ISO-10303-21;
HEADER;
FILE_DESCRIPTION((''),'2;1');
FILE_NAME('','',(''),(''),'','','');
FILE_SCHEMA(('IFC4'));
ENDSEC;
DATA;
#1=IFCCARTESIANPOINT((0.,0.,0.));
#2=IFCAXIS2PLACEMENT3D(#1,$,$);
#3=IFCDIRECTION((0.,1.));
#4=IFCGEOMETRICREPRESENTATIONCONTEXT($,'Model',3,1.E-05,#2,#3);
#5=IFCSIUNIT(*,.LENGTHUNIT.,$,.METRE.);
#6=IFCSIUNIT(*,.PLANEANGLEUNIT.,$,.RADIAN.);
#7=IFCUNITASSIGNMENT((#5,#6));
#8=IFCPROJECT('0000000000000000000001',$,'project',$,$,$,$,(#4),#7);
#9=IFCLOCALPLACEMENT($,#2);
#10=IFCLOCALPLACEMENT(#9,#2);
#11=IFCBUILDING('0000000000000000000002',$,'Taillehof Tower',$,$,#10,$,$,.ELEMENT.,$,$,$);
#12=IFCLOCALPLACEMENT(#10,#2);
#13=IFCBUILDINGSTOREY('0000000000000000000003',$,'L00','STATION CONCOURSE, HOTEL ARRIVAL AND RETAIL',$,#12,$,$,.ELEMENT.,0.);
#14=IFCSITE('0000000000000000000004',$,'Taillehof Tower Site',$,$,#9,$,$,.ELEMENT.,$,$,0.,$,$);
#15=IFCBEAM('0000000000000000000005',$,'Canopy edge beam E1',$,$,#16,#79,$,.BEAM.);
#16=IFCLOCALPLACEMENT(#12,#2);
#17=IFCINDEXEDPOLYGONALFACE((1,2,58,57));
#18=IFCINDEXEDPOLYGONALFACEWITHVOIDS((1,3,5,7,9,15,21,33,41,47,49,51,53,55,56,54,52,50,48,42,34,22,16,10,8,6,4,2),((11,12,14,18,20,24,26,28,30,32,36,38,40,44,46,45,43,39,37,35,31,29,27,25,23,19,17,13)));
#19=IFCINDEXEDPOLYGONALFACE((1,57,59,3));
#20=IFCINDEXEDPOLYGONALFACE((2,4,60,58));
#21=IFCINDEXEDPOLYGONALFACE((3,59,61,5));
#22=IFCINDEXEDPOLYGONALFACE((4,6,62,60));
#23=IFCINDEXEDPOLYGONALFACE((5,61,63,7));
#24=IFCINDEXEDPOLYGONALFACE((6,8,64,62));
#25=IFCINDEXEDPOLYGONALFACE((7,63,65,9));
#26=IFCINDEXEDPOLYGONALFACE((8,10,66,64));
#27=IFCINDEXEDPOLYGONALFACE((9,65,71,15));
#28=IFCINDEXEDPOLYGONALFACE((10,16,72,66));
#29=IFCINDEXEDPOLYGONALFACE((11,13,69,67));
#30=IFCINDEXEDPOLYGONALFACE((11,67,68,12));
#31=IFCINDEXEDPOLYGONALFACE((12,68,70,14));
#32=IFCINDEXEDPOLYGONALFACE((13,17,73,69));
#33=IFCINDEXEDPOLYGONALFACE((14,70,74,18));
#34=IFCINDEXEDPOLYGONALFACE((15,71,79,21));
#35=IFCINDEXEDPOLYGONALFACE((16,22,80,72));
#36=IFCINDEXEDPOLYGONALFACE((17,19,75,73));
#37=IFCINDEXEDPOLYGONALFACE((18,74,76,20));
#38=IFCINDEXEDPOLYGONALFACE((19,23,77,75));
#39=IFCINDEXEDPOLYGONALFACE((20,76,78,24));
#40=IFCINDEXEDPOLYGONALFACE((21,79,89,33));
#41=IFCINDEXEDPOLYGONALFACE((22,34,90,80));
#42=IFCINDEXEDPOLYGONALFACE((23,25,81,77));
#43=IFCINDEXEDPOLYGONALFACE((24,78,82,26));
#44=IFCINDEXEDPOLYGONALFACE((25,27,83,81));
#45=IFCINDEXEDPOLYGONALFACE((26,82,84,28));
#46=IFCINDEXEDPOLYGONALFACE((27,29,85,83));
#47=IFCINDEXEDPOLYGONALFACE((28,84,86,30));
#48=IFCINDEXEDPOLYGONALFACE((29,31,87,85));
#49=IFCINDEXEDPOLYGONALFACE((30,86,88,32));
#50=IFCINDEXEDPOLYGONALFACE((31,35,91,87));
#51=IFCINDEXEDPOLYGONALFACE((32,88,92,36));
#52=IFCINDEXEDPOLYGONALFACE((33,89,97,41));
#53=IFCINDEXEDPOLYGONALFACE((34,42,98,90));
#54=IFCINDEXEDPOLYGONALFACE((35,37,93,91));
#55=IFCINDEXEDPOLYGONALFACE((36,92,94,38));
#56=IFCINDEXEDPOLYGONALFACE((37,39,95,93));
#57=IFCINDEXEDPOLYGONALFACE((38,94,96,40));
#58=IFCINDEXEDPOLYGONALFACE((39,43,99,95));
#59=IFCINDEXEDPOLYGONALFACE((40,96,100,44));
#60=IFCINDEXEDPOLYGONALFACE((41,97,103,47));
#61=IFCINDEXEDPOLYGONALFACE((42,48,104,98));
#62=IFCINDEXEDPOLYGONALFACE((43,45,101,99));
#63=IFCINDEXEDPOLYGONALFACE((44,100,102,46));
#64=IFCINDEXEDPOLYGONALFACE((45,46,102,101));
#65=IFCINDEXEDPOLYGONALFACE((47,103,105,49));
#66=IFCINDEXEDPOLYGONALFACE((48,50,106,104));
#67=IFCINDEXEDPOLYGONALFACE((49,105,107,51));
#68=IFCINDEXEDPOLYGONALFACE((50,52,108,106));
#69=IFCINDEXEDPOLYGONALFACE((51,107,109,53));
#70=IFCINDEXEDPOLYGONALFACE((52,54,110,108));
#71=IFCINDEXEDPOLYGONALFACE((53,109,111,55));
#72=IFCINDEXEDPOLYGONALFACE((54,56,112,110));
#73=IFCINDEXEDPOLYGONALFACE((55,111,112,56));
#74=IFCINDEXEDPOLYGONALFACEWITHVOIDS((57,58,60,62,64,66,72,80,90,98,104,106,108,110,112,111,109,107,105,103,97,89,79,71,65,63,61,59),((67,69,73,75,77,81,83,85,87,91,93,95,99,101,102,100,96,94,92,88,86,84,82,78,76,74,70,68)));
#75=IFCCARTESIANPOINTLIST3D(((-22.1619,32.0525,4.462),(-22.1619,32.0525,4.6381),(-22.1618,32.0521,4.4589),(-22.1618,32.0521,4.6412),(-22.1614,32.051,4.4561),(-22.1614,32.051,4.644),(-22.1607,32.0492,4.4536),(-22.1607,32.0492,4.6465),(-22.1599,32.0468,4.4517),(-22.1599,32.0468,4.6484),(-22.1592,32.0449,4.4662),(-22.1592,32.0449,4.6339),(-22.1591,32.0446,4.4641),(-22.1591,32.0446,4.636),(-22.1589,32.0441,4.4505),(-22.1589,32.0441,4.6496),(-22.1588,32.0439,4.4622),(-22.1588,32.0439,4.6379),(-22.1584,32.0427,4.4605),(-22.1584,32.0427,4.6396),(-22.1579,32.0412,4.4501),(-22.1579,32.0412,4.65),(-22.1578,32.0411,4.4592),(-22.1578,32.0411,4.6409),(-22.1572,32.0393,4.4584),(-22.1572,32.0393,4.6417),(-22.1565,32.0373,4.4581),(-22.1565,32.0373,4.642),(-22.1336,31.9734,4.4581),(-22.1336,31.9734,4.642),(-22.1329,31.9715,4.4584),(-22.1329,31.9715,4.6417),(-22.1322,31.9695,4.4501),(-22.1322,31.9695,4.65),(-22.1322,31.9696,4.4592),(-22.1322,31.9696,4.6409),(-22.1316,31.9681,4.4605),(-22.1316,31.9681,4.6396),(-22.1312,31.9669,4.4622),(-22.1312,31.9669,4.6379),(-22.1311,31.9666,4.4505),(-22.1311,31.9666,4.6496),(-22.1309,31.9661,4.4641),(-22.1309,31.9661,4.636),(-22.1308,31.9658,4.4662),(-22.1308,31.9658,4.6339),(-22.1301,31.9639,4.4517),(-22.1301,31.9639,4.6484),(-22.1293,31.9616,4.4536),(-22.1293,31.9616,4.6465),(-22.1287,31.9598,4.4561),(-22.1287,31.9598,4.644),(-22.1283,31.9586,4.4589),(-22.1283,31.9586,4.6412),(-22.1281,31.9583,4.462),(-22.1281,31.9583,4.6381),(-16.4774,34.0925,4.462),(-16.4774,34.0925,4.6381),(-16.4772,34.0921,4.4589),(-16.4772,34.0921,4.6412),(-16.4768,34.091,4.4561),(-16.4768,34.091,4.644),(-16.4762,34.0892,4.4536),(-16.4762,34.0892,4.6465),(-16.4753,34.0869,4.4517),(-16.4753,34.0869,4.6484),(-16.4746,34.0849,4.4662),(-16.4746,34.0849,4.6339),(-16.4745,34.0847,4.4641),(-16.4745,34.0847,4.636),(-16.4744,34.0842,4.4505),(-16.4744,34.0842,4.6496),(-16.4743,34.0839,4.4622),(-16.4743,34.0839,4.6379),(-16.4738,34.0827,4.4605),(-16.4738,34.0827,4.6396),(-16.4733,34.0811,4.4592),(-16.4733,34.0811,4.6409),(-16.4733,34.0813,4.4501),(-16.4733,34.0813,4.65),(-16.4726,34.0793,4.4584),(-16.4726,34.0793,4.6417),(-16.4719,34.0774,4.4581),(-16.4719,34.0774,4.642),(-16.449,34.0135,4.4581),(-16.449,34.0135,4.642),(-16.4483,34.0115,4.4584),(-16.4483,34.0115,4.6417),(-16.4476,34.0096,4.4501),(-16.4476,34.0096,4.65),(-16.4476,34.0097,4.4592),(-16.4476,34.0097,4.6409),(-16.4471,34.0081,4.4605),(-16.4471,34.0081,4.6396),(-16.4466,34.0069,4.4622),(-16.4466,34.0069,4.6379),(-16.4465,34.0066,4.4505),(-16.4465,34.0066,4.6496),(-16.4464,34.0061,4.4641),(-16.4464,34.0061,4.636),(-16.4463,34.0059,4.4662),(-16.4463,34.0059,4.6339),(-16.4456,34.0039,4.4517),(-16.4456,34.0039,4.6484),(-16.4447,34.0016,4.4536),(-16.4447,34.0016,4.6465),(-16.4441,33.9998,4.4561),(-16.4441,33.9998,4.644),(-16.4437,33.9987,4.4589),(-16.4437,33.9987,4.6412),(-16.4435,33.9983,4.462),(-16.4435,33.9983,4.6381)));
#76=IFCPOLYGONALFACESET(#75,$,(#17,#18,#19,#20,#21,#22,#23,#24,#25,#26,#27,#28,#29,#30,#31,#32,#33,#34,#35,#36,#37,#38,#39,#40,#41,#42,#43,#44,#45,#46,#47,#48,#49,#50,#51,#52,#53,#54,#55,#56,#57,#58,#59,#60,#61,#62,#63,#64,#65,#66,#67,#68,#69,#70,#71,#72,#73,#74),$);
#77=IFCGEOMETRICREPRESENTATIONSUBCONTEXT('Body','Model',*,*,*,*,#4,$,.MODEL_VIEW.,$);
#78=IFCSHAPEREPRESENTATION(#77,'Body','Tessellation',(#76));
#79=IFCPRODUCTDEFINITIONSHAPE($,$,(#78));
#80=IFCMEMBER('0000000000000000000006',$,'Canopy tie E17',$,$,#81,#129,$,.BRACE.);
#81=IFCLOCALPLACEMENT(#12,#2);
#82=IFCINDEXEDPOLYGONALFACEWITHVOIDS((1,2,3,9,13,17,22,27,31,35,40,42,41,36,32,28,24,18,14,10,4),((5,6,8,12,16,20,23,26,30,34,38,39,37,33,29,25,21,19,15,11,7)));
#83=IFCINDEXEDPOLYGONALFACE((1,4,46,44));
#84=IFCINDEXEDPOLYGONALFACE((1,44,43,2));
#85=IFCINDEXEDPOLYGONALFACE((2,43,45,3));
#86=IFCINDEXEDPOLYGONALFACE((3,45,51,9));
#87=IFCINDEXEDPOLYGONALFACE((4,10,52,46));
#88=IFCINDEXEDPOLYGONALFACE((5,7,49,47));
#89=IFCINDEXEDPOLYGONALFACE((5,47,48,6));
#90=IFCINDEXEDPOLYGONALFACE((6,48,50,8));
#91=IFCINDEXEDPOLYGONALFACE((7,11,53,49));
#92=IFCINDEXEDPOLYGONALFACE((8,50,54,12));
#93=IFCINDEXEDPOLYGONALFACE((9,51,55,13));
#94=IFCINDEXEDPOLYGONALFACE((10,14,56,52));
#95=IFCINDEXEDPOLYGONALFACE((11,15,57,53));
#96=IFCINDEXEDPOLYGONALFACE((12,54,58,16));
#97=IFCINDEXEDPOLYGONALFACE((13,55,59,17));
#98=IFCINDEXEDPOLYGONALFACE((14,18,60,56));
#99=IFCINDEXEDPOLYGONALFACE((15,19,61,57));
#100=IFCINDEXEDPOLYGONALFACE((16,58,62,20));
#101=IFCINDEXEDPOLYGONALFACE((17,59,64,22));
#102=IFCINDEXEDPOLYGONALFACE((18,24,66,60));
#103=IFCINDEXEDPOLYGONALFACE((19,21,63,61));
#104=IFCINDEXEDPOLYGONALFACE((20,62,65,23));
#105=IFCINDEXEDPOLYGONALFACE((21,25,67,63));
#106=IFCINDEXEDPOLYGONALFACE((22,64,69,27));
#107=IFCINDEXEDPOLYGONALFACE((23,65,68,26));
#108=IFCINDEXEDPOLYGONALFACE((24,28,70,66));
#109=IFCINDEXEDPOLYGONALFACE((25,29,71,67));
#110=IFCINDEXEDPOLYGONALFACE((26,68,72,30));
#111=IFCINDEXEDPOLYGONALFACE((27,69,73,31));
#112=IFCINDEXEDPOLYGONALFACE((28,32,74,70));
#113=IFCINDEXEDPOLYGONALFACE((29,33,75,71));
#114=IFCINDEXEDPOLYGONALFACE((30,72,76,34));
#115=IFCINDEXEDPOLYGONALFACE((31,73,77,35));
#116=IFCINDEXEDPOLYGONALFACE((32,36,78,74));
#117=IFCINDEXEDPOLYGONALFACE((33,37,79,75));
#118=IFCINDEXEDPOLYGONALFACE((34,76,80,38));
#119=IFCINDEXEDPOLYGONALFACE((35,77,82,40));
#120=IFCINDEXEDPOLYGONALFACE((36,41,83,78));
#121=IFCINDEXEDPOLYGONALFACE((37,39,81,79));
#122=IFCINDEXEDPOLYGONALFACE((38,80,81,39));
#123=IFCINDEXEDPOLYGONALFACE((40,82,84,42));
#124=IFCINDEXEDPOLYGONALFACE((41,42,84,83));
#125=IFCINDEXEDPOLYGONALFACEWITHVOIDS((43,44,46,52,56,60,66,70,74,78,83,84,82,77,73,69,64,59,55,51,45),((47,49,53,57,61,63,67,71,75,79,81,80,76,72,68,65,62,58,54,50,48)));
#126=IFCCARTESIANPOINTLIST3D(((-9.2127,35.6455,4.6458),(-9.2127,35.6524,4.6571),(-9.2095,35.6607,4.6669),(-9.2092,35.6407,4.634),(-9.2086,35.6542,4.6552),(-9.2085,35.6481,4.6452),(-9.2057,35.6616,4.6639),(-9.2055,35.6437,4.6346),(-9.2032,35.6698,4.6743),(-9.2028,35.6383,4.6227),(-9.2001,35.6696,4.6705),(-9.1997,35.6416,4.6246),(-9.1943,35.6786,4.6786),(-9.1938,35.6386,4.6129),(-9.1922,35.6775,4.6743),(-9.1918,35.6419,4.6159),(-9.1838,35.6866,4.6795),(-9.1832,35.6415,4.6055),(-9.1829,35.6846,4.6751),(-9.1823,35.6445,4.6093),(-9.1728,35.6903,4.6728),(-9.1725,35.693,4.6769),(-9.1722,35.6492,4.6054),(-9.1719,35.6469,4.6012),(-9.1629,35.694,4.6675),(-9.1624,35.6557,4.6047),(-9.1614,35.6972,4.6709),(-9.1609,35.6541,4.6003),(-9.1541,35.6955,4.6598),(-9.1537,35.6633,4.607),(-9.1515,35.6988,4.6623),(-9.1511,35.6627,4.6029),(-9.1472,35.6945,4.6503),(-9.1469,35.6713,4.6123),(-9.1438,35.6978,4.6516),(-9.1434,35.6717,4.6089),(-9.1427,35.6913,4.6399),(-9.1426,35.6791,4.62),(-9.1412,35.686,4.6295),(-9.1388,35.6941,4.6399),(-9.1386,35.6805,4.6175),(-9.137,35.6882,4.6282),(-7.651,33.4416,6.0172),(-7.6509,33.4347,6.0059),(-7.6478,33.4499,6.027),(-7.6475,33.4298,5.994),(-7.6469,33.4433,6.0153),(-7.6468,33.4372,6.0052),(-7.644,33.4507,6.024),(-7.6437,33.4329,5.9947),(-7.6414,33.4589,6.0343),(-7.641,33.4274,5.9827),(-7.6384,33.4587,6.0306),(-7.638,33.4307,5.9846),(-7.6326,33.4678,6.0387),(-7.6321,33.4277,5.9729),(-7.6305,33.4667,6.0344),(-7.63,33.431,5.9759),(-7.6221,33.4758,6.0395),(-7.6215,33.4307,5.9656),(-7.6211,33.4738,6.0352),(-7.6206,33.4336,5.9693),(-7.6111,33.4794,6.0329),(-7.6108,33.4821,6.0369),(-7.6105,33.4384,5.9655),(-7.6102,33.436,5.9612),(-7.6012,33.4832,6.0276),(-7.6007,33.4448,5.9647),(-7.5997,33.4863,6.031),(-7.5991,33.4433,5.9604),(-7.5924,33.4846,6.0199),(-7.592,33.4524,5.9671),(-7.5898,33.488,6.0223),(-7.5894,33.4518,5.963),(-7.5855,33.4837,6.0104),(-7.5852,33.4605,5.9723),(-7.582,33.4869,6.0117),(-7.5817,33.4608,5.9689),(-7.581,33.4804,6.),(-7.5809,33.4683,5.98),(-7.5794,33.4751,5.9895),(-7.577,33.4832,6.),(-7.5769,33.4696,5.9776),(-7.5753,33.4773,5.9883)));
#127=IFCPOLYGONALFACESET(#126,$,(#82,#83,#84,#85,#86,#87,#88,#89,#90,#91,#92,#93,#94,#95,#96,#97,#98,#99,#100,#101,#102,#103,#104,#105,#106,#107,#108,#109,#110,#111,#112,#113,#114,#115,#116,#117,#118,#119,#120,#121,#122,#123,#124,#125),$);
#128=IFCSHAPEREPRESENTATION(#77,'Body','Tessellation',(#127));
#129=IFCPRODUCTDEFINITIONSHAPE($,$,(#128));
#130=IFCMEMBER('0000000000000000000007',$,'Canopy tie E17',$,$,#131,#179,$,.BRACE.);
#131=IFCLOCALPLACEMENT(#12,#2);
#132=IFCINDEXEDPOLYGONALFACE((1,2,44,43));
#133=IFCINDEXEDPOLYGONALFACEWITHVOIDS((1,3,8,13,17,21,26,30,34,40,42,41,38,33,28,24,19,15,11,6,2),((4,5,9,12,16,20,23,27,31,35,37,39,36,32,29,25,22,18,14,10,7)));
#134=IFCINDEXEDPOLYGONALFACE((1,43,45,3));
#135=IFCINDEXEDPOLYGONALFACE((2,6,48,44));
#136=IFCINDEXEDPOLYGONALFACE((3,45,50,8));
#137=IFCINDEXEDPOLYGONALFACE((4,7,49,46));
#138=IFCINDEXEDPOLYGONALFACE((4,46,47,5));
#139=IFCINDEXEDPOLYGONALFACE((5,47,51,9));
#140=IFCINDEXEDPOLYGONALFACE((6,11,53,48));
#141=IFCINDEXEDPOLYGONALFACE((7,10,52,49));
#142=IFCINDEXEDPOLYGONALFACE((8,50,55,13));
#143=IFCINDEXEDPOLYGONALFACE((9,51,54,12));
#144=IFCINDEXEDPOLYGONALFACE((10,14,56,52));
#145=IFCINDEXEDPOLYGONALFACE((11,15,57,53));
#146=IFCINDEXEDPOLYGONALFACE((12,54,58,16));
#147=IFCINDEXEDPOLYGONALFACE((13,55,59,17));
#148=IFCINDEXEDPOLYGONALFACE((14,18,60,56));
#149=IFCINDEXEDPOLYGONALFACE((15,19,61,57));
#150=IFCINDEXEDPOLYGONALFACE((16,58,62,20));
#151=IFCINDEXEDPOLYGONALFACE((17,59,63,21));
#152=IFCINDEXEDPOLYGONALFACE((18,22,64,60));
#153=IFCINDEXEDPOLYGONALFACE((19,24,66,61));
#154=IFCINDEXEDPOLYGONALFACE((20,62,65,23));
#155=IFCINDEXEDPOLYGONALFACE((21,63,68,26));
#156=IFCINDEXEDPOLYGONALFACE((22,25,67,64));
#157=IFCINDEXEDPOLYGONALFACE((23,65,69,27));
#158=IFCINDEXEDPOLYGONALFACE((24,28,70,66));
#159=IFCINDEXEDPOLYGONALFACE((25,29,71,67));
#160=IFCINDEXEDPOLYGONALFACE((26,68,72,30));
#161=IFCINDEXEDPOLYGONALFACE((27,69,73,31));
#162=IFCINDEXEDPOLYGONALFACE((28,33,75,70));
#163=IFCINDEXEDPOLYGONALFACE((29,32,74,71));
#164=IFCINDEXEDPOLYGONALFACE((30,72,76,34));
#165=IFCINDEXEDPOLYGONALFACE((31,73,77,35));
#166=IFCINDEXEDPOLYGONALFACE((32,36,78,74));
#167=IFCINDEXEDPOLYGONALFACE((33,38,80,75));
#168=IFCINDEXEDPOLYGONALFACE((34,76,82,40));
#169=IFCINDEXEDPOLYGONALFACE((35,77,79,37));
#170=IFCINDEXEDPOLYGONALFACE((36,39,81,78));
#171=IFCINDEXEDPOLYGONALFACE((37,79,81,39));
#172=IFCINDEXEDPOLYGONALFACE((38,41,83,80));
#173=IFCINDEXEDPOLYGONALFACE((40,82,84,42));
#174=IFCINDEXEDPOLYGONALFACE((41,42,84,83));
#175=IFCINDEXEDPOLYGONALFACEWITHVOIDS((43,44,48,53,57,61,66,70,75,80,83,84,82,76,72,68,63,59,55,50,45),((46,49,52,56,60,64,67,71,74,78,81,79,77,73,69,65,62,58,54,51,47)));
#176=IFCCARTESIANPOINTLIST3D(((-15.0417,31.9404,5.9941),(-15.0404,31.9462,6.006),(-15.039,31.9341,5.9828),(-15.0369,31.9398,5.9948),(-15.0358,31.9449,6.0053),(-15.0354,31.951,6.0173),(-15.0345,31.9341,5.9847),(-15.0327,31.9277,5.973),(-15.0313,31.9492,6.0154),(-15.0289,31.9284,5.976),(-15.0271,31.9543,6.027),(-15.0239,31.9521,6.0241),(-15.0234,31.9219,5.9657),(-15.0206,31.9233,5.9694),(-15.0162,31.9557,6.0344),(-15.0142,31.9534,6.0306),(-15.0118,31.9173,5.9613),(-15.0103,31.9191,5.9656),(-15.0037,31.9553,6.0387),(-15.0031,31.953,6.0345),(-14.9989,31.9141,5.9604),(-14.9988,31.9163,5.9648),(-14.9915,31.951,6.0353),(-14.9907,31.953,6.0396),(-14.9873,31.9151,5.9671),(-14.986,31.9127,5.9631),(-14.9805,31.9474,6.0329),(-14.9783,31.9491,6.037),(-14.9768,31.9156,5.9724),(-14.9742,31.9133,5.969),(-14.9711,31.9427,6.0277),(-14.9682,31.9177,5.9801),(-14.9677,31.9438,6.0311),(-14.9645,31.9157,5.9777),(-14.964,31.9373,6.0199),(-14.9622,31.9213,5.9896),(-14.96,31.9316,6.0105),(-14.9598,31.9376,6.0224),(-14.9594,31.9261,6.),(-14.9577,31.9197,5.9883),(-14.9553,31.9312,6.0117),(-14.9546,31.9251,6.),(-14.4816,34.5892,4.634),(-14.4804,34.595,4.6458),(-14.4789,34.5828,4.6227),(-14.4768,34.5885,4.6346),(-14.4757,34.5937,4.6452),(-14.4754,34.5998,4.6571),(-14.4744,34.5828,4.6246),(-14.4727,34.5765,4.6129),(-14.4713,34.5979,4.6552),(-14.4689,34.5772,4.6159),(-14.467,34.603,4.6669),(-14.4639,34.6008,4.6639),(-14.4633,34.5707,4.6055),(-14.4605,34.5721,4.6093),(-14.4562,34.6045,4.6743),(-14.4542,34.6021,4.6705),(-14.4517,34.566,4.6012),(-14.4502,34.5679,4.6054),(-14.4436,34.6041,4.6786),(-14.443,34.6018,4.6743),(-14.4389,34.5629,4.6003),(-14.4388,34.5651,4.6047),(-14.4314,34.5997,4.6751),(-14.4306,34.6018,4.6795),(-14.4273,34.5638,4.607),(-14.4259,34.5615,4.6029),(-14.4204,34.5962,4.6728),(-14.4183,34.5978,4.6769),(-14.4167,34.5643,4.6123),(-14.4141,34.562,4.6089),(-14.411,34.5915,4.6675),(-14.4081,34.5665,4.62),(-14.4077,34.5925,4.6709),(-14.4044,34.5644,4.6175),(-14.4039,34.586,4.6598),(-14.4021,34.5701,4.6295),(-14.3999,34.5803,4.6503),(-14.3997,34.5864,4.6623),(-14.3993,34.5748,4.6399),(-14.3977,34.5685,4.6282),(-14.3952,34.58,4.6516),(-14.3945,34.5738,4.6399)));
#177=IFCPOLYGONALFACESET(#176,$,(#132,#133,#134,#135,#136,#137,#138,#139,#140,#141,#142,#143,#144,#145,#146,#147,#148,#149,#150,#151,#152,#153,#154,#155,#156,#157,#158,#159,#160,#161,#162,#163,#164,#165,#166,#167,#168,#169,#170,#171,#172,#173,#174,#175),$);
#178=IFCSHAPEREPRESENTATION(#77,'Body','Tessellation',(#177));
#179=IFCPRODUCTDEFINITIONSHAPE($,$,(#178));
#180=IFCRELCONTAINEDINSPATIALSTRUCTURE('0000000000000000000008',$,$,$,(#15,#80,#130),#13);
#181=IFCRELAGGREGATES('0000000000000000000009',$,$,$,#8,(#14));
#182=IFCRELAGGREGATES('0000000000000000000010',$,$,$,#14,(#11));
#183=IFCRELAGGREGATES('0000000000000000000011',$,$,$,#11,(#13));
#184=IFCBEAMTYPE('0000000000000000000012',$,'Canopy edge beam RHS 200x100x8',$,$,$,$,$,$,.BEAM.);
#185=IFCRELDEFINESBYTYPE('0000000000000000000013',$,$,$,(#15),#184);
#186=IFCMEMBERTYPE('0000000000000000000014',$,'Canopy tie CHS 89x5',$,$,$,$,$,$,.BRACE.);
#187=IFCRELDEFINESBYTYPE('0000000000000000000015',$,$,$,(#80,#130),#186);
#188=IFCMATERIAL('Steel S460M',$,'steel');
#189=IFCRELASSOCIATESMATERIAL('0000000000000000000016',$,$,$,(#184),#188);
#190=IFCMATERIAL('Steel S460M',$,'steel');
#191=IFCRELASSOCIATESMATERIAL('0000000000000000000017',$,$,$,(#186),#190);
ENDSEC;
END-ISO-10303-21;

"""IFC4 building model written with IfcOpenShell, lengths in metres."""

from ifc_helpers import new_model, si_unit, direction, frame, origin, origin_2d, place, context, subcontext, project, spatial, hollow_rectangle, hollow_circle, extrude, material, material_profile, profile_set, type_object, element, save


model = new_model("IFC4")

# Units and contexts
model_context = context("Model", 3, precision=1e-05, world=origin(), true_north=direction((0.0, 1.0)))
body_context = subcontext(model_context, "Body", "Model", "MODEL_VIEW")
ifc_project = project(units=[si_unit("LENGTHUNIT", "METRE"), si_unit("PLANEANGLEUNIT", "RADIAN")], contexts=[model_context])

# Site, building, storey
site_placement = place(None, origin())
site = spatial("IfcSite", under=ifc_project, at=site_placement, Name="Taillehof Tower Site", CompositionType="ELEMENT", RefElevation=0.0)
building_placement = place(site_placement, origin())
building = spatial("IfcBuilding", under=site, at=building_placement, Name="Taillehof Tower", CompositionType="ELEMENT")
storey_placement = place(building_placement, origin())
storey = spatial("IfcBuildingStorey", under=building, at=storey_placement, Name="L00", Description="STATION CONCOURSE, HOTEL ARRIVAL AND RETAIL", CompositionType="ELEMENT", Elevation=0.0)

# Beam
ifc_material_1 = material(Name="Steel S460M", Category="steel")
ifc_material_profile_1 = material_profile(ifc_material_1, hollow_rectangle(XDim=0.1001, YDim=0.2, WallThickness=0.0081, InnerFilletRadius=0.0081, OuterFilletRadius=0.012, at=origin_2d()), Name="RHS 200x100x8")
ifc_profile_set_1 = profile_set([ifc_material_profile_1], Name="Steel S460M")
beam_type_1 = type_object("IfcBeamType", Name="Canopy edge beam RHS 200x100x8", PredefinedType="BEAM", material=ifc_profile_set_1)
beam_1_placement = place(storey_placement, frame((-16.4604, 34.0454, 4.55), z_axis=(-0.941225, -0.33778, 0.0), x_axis=(0.33778, -0.941225, 0.0)))
element("IfcBeam", 1, at=beam_1_placement, inside=storey, type_object=beam_type_1, Name="Canopy edge beam E1", PredefinedType="BEAM", context=body_context, shape_type="SweptSolid", body=[
    extrude(hollow_rectangle(XDim=0.1001, YDim=0.2, WallThickness=0.0081, InnerFilletRadius=0.0081, OuterFilletRadius=0.012, at=origin_2d()), origin(), (0.0, 0.0, 1.0), 6.0396),
])

# Members
ifc_material_2 = material(Name="Steel S460M", Category="steel")
ifc_material_profile_2 = material_profile(ifc_material_2, hollow_circle(Radius=0.0444, WallThickness=0.0049, at=origin_2d()), Name="CHS 89x5")
ifc_profile_set_2 = profile_set([ifc_material_profile_2], Name="Steel S460M")
member_type = type_object("IfcMemberType", Name="Canopy tie CHS 89x5", PredefinedType="BRACE", material=ifc_profile_set_2)
member_1_placement = place(storey_placement, frame((-9.175, 35.6685, 4.6399), z_axis=(0.515537, -0.729827, 0.448969), x_axis=(0.816775, 0.576956, 0.0)))
element("IfcMember", 2, at=member_1_placement, inside=storey, type_object=member_type, Name="Canopy tie E17", PredefinedType="BRACE", context=body_context, shape_type="SweptSolid", body=[
    extrude(hollow_circle(Radius=0.0444, WallThickness=0.0049, at=origin_2d()), origin(), (0.0, 0.0, 1.0), 3.0293),
])
member_2_placement = place(storey_placement, frame((-14.438, 34.583, 4.6399), z_axis=(-0.184856, -0.874239, 0.448925), x_axis=(0.978368, -0.206874, 0.0)))
element("IfcMember", 3, at=member_2_placement, inside=storey, type_object=member_type, Name="Canopy tie E17", PredefinedType="BRACE", context=body_context, shape_type="SweptSolid", body=[
    extrude(hollow_circle(Radius=0.0444, WallThickness=0.0049, at=origin_2d()), origin(), (0.0, 0.0, 1.0), 3.0298),
])

save(model, "model.ifc")
